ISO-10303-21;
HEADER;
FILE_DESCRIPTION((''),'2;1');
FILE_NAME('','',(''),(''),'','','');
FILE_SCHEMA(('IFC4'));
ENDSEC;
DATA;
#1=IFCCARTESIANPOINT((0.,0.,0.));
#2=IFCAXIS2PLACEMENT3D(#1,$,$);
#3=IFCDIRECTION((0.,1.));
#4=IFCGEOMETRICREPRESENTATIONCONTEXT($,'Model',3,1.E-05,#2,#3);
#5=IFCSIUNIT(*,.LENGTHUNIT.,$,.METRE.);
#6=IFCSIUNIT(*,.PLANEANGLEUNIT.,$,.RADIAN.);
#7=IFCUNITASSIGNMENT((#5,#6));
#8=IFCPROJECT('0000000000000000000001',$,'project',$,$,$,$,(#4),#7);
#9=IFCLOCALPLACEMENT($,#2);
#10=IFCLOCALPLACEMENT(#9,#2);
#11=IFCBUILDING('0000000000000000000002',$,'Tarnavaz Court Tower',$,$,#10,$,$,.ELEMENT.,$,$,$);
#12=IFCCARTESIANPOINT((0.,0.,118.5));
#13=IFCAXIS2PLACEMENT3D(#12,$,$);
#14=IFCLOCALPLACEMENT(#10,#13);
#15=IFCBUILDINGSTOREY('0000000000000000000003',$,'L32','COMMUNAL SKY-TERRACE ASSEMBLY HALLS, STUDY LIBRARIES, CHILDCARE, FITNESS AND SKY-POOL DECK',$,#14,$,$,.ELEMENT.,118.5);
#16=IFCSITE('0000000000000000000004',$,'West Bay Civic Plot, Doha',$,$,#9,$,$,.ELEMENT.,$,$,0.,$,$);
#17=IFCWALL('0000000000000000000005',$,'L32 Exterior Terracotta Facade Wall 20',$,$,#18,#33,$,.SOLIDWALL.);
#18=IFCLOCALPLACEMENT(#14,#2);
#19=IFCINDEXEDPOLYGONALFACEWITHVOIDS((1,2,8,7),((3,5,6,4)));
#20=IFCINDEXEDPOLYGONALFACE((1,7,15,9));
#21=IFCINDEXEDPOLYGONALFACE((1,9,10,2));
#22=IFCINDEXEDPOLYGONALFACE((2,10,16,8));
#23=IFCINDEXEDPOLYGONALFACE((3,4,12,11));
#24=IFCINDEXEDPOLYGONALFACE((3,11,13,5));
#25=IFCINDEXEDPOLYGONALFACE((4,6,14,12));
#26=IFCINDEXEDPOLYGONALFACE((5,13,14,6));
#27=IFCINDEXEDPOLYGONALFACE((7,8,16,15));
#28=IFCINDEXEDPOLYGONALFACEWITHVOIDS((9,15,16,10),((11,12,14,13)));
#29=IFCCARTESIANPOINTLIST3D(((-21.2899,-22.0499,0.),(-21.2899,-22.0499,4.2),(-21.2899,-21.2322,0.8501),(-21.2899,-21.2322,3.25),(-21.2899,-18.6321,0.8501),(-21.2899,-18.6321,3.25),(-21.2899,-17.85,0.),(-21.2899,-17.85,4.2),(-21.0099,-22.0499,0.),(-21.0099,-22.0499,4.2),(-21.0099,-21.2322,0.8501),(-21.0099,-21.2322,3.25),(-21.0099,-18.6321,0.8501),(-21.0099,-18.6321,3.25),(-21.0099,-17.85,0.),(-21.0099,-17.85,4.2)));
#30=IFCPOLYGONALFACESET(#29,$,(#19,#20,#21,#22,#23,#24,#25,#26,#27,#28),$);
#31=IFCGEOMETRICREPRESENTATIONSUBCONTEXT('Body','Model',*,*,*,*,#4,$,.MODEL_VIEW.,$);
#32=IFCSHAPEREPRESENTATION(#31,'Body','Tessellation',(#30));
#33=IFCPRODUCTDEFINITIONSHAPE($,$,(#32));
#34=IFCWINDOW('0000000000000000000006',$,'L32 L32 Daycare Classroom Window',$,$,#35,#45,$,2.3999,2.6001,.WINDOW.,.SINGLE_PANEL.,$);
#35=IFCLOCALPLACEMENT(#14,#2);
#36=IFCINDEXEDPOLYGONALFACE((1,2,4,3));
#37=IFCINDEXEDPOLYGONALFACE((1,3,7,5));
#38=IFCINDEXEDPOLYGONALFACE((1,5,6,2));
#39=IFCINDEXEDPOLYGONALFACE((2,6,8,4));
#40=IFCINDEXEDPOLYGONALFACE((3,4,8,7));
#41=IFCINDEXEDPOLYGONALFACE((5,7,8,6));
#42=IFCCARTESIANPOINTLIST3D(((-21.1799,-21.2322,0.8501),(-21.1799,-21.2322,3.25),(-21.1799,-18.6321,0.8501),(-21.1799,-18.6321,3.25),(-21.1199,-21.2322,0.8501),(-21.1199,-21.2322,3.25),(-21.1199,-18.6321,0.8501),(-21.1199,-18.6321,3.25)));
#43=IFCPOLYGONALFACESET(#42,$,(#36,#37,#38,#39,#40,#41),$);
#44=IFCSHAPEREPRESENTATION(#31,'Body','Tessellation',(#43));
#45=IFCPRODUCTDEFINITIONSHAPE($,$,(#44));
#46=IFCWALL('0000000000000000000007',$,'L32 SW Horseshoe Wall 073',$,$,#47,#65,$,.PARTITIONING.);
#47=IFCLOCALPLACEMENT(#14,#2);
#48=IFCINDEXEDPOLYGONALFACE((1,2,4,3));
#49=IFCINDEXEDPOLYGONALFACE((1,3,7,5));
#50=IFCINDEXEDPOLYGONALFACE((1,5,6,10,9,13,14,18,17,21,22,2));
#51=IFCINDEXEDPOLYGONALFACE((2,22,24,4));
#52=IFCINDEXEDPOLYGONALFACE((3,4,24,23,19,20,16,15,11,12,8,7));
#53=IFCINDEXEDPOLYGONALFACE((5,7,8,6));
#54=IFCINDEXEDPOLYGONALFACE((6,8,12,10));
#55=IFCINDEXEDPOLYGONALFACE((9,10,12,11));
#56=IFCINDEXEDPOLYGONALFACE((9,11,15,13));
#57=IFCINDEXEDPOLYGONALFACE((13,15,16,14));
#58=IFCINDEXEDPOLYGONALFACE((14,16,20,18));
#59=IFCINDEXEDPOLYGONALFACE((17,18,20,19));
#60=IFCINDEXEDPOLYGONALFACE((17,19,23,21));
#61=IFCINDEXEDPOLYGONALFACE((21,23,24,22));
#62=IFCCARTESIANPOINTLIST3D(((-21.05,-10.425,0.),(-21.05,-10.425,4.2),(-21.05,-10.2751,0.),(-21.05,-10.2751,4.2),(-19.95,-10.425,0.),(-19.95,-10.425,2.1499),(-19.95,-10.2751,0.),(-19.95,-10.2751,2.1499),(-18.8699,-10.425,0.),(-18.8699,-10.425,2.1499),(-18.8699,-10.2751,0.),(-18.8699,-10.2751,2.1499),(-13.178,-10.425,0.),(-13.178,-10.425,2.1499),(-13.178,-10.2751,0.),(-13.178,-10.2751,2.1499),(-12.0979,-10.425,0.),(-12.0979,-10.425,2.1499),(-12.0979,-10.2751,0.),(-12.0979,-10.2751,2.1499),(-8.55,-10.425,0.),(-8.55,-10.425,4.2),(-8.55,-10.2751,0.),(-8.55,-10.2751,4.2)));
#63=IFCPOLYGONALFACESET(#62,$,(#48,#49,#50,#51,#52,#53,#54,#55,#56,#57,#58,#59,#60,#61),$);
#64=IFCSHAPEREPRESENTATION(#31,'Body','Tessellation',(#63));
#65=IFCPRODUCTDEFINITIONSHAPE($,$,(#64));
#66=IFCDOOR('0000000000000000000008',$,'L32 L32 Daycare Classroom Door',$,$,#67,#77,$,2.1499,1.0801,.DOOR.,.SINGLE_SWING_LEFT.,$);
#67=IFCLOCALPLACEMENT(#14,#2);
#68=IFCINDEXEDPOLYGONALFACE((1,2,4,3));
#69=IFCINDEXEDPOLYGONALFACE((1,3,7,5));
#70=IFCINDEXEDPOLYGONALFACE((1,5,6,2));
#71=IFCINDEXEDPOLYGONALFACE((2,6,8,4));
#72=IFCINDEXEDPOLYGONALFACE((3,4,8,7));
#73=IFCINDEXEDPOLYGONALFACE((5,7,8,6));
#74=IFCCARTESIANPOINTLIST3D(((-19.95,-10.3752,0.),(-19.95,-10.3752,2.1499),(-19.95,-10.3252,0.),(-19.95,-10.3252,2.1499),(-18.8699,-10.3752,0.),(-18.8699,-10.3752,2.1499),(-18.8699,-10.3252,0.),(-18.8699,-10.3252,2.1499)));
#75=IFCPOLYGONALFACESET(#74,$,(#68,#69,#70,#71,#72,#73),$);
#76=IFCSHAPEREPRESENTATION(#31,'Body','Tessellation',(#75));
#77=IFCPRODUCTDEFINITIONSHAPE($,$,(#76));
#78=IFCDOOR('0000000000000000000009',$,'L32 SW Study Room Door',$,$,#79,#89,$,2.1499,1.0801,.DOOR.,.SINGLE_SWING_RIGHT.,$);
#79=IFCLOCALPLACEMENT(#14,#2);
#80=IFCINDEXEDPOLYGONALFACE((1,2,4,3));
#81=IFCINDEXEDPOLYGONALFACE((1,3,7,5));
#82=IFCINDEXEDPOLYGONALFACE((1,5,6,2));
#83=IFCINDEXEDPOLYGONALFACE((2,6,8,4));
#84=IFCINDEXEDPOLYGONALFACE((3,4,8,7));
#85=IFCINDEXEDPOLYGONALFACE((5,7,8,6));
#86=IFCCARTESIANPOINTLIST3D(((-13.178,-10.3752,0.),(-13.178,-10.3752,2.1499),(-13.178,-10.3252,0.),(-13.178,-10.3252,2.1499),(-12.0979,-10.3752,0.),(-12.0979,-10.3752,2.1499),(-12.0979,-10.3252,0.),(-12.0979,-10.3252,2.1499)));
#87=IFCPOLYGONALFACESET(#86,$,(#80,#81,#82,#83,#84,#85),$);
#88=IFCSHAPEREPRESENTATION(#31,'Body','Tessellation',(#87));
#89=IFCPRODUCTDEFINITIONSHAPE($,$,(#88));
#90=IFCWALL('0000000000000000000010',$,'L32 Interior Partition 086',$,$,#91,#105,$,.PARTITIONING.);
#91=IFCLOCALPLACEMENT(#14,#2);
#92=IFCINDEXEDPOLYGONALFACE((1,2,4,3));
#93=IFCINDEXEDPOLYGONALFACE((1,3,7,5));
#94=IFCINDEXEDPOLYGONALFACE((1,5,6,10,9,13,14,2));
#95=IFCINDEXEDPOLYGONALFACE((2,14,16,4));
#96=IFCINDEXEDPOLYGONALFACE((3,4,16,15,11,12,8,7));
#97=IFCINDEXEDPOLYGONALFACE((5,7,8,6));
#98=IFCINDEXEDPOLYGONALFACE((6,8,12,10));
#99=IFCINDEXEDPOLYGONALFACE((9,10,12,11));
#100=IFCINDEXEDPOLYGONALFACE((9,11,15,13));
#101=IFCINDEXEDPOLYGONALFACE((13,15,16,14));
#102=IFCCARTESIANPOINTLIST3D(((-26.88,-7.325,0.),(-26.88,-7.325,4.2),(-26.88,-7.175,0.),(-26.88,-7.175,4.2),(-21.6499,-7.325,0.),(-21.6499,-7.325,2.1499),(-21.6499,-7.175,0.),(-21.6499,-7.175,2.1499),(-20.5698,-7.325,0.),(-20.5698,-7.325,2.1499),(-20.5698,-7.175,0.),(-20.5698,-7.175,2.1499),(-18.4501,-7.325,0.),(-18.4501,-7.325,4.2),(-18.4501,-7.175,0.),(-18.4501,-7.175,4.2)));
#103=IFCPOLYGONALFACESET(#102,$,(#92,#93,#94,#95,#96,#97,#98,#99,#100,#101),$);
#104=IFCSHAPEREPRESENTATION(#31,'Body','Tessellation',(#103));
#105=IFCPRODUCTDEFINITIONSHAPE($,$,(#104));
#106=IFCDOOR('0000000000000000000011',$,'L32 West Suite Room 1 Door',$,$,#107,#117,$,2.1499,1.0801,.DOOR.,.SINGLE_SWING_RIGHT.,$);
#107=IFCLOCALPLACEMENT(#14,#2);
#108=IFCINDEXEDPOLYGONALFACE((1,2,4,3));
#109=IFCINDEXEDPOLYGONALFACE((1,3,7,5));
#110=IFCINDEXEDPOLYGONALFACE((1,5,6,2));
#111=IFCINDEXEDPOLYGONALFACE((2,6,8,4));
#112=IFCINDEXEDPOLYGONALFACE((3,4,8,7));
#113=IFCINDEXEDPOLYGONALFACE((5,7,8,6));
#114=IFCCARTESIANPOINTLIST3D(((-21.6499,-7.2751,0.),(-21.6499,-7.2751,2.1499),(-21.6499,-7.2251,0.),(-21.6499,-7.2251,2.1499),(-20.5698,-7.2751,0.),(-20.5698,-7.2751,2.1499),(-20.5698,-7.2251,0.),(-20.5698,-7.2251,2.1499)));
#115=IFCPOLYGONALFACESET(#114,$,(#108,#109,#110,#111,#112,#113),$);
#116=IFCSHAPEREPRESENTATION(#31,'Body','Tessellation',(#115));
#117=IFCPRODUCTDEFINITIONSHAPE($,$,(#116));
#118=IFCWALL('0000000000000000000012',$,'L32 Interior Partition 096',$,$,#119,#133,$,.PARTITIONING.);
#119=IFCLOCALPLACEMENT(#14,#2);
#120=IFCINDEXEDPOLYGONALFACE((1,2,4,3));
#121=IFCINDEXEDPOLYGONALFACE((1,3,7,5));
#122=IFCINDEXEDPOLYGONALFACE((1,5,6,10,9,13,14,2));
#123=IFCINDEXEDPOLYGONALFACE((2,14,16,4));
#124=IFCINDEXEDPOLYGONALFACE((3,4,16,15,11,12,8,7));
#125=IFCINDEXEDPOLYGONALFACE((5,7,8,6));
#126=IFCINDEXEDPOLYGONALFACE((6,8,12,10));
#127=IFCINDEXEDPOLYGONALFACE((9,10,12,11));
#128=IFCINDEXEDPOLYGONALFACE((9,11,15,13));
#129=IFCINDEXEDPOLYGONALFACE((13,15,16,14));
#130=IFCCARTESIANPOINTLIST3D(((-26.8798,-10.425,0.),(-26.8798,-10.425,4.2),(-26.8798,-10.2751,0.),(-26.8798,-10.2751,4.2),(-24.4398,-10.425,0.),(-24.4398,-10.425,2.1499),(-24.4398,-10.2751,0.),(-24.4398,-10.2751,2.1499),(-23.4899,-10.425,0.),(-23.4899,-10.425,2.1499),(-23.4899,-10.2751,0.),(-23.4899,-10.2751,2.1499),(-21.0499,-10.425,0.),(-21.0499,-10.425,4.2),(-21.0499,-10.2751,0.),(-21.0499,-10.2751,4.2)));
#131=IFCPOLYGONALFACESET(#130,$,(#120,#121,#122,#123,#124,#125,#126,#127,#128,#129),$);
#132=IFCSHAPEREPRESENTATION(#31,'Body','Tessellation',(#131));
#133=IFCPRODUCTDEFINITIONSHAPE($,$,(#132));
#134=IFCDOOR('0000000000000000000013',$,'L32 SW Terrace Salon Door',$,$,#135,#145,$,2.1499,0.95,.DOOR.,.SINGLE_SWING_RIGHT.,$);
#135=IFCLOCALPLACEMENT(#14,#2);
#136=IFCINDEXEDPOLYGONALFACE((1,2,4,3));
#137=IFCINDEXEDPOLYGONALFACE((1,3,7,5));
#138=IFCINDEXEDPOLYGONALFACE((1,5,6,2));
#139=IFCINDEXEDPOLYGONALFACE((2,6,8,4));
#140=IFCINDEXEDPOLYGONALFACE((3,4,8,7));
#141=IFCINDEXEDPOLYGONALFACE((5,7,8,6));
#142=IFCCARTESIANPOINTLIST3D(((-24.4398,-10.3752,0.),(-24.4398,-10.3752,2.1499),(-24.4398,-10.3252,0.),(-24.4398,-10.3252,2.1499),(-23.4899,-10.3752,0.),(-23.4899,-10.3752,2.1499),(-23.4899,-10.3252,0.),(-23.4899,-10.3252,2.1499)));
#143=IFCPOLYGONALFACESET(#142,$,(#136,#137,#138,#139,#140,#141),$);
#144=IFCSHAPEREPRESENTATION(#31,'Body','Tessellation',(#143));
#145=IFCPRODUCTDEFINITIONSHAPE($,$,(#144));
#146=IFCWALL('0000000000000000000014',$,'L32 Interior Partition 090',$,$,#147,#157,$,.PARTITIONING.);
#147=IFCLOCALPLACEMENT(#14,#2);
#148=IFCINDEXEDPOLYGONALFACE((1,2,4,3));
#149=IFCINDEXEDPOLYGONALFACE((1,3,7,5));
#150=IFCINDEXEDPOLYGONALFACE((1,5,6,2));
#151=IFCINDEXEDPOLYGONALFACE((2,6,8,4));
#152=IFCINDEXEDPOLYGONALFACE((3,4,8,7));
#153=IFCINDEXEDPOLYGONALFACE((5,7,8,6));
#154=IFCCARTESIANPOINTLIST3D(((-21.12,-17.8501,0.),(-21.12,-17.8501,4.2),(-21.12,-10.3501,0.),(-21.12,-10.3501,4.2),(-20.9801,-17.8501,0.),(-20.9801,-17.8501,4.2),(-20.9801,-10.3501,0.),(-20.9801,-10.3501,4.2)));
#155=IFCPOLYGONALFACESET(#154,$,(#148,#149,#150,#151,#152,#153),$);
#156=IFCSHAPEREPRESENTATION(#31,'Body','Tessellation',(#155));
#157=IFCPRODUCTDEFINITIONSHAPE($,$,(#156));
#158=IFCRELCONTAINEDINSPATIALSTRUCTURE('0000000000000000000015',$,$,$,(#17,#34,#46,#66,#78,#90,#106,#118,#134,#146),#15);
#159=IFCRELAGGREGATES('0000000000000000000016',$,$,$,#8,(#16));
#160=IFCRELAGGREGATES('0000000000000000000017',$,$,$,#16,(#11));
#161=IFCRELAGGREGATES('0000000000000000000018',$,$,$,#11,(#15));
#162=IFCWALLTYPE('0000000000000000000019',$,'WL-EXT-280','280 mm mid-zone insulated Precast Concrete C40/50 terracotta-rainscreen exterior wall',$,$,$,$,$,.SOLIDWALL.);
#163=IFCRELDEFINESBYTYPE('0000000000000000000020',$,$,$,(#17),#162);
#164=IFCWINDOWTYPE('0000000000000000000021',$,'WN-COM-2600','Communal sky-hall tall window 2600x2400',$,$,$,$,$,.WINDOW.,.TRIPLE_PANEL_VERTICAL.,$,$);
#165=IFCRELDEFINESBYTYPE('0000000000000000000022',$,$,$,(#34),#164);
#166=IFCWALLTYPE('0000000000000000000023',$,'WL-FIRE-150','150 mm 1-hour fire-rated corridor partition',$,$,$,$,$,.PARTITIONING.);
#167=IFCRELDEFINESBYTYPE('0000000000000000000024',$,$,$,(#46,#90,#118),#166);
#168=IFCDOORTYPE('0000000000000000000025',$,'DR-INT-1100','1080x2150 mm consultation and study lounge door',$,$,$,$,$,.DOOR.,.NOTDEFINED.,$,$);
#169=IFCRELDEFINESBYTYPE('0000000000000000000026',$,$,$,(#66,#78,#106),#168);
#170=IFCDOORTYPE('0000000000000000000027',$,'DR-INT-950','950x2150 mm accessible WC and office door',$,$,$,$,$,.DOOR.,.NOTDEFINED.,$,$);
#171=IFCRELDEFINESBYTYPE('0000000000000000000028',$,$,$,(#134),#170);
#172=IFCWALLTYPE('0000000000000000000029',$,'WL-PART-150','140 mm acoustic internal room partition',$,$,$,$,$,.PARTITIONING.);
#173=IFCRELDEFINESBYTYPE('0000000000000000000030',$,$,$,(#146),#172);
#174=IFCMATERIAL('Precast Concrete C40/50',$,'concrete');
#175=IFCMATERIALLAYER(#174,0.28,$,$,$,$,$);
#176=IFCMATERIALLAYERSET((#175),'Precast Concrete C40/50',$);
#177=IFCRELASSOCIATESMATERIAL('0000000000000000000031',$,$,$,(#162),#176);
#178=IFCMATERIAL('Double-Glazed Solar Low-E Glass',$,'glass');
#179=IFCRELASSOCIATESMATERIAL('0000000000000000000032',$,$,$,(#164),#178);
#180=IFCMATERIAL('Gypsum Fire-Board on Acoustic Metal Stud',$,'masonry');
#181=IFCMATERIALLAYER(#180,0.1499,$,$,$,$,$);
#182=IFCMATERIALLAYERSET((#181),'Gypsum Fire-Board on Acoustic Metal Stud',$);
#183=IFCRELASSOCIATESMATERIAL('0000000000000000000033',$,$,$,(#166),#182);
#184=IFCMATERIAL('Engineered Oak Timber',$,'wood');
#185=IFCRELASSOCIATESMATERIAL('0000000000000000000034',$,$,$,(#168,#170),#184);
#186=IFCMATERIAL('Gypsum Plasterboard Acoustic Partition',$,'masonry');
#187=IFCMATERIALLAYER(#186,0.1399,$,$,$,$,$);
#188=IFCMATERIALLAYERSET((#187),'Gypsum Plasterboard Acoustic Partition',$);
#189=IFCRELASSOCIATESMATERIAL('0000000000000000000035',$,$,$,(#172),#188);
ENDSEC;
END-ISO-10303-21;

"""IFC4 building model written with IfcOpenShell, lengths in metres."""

from ifc_helpers import new_model, si_unit, direction, frame, frame_2d, origin, place, context, subcontext, project, spatial, rectangle, extrude, material, layer, layer_set, type_object, element, fill, save


model = new_model("IFC4")

# Units and contexts
model_context = context("Model", 3, precision=1e-05, world=origin(), true_north=direction((0.0, 1.0)))
body_context = subcontext(model_context, "Body", "Model", "MODEL_VIEW")
ifc_project = project(units=[si_unit("LENGTHUNIT", "METRE"), si_unit("PLANEANGLEUNIT", "RADIAN")], contexts=[model_context])

# Site, building, storey
site_placement = place(None, origin())
site = spatial("IfcSite", under=ifc_project, at=site_placement, Name="West Bay Civic Plot, Doha", CompositionType="ELEMENT", RefElevation=0.0)
building_placement = place(site_placement, origin())
building = spatial("IfcBuilding", under=site, at=building_placement, Name="Tarnavaz Court Tower", CompositionType="ELEMENT")
storey_placement = place(building_placement, frame((0.0, 0.0, 118.5)))
storey = spatial("IfcBuildingStorey", under=building, at=storey_placement, Name="L32", Description="COMMUNAL SKY-TERRACE ASSEMBLY HALLS, STUDY LIBRARIES, CHILDCARE, FITNESS AND SKY-POOL DECK", CompositionType="ELEMENT", Elevation=118.5)

# Shared definitions
ifc_material_1 = material(Name="Double-Glazed Solar Low-E Glass", Category="glass")

# Shared definitions
ifc_material_2 = material(Name="Precast Concrete C40/50", Category="concrete")
ifc_layer_1 = layer(ifc_material_2, 0.28)
ifc_layer_set_1 = layer_set([ifc_layer_1], Name="Precast Concrete C40/50")
wall_type_1 = type_object("IfcWallType", Name="WL-EXT-280", Description="280 mm mid-zone insulated Precast Concrete C40/50 terracotta-rainscreen exterior wall", PredefinedType="SOLIDWALL", material=ifc_layer_set_1)

# Wall, opening, window
wall_1_placement = place(storey_placement, frame((-21.1499, -22.05, 0.0), z_axis=(0.0, 0.0, 1.0), x_axis=(0.0, 1.0, 0.0)))
wall_1 = element("IfcWall", 1, at=wall_1_placement, inside=storey, type_object=wall_type_1, Name="L32 Exterior Terracotta Facade Wall 20", PredefinedType="SOLIDWALL", context=body_context, shape_type="SweptSolid", body=[
    extrude(rectangle(XDim=4.2, YDim=0.28, at=frame_2d((2.1001, 0.0))), origin(), (0.0, 0.0, 1.0), 4.2),
])
opening_1_placement = place(wall_1_placement, frame((0.8179, 0.0, 0.8501)))
opening_1 = element("IfcOpeningElement", 2, at=opening_1_placement, cuts=wall_1, PredefinedType="OPENING", context=body_context, shape_type="SweptSolid", body=[
    extrude(rectangle(XDim=2.6001, YDim=2.3999, at=frame_2d((1.3, 1.2))), frame((0.0, 0.1499, 0.0), z_axis=(0.0, -1.0, 0.0), x_axis=(1.0, 0.0, 0.0)), (0.0, 0.0, 1.0), 0.3),
])
window_type_1 = type_object("IfcWindowType", Name="WN-COM-2600", Description="Communal sky-hall tall window 2600x2400", PartitioningType="TRIPLE_PANEL_VERTICAL", PredefinedType="WINDOW", material=ifc_material_1)
window_1_placement = place(opening_1_placement, origin())
window_1 = element("IfcWindow", 3, at=window_1_placement, inside=storey, type_object=window_type_1, Name="L32 L32 Daycare Classroom Window", OverallHeight=2.3999, OverallWidth=2.6001, PartitioningType="SINGLE_PANEL", PredefinedType="WINDOW", context=body_context, shape_type="SweptSolid", body=[
    extrude(rectangle(XDim=2.6001, YDim=2.3999, at=frame_2d((1.3, 1.2))), frame((0.0, 0.03, 0.0), z_axis=(0.0, -1.0, 0.0), x_axis=(1.0, 0.0, 0.0)), (0.0, 0.0, 1.0), 0.0601),
])
fill(opening_1, window_1)

# Wall, openings, doors
ifc_material_3 = material(Name="Gypsum Fire-Board on Acoustic Metal Stud", Category="masonry")
ifc_layer_2 = layer(ifc_material_3, 0.1499)
ifc_layer_set_2 = layer_set([ifc_layer_2], Name="Gypsum Fire-Board on Acoustic Metal Stud")
wall_type_2 = type_object("IfcWallType", Name="WL-FIRE-150", Description="150 mm 1-hour fire-rated corridor partition", PredefinedType="PARTITIONING", material=ifc_layer_set_2)
wall_2_placement = place(storey_placement, frame((-21.05, -10.3501, 0.0), z_axis=(0.0, 0.0, 1.0), x_axis=(1.0, 0.0, 0.0)))
wall_2 = element("IfcWall", 4, at=wall_2_placement, inside=storey, type_object=wall_type_2, Name="L32 SW Horseshoe Wall 073", PredefinedType="PARTITIONING", context=body_context, shape_type="SweptSolid", body=[
    extrude(rectangle(XDim=12.5, YDim=0.1499, at=frame_2d((6.25, 0.0))), origin(), (0.0, 0.0, 1.0), 4.2),
])
opening_2_placement = place(wall_2_placement, frame((1.1001, 0.0, 0.0)))
opening_2 = element("IfcOpeningElement", 5, at=opening_2_placement, cuts=wall_2, PredefinedType="OPENING", context=body_context, shape_type="SweptSolid", body=[
    extrude(rectangle(XDim=1.0801, YDim=2.1499, at=frame_2d((0.54, 1.075))), frame((0.0, 0.085, 0.0), z_axis=(0.0, -1.0, 0.0), x_axis=(1.0, 0.0, 0.0)), (0.0, 0.0, 1.0), 0.1699),
])
opening_3_placement = place(wall_2_placement, frame((7.8721, 0.0, 0.0)))
opening_3 = element("IfcOpeningElement", 6, at=opening_3_placement, cuts=wall_2, PredefinedType="OPENING", context=body_context, shape_type="SweptSolid", body=[
    extrude(rectangle(XDim=1.0801, YDim=2.1499, at=frame_2d((0.54, 1.075))), frame((0.0, 0.085, 0.0), z_axis=(0.0, -1.0, 0.0), x_axis=(1.0, 0.0, 0.0)), (0.0, 0.0, 1.0), 0.1699),
])
ifc_material_4 = material(Name="Engineered Oak Timber", Category="wood")
door_type_1 = type_object("IfcDoorType", Name="DR-INT-1100", Description="1080x2150 mm consultation and study lounge door", OperationType="NOTDEFINED", PredefinedType="DOOR", material=ifc_material_4)
door_1_placement = place(opening_2_placement, origin())
door_1 = element("IfcDoor", 7, at=door_1_placement, inside=storey, type_object=door_type_1, Name="L32 L32 Daycare Classroom Door", OperationType="SINGLE_SWING_LEFT", OverallHeight=2.1499, OverallWidth=1.0801, PredefinedType="DOOR", context=body_context, shape_type="SweptSolid", body=[
    extrude(rectangle(XDim=1.0801, YDim=2.1499, at=frame_2d((0.54, 1.075))), frame((0.0, 0.0249, 0.0), z_axis=(0.0, -1.0, 0.0), x_axis=(1.0, 0.0, 0.0)), (0.0, 0.0, 1.0), 0.05),
])
fill(opening_2, door_1)
door_2_placement = place(opening_3_placement, origin())
door_2 = element("IfcDoor", 8, at=door_2_placement, inside=storey, type_object=door_type_1, Name="L32 SW Study Room Door", OperationType="SINGLE_SWING_RIGHT", OverallHeight=2.1499, OverallWidth=1.0801, PredefinedType="DOOR", context=body_context, shape_type="SweptSolid", body=[
    extrude(rectangle(XDim=1.0801, YDim=2.1499, at=frame_2d((0.54, 1.075))), frame((0.0, 0.0249, 0.0), z_axis=(0.0, -1.0, 0.0), x_axis=(1.0, 0.0, 0.0)), (0.0, 0.0, 1.0), 0.05),
])
fill(opening_3, door_2)

# Walls, openings, doors
wall_3_placement = place(storey_placement, frame((-26.8799, -7.25, 0.0), z_axis=(0.0, 0.0, 1.0), x_axis=(1.0, 0.0, 0.0)))
wall_3 = element("IfcWall", 9, at=wall_3_placement, inside=storey, type_object=wall_type_2, Name="L32 Interior Partition 086", PredefinedType="PARTITIONING", context=body_context, shape_type="SweptSolid", body=[
    extrude(rectangle(XDim=8.4299, YDim=0.1499, at=frame_2d((4.2148, 0.0))), origin(), (0.0, 0.0, 1.0), 4.2),
])
opening_4_placement = place(wall_3_placement, frame((5.23, 0.0, 0.0)))
opening_4 = element("IfcOpeningElement", 10, at=opening_4_placement, cuts=wall_3, PredefinedType="OPENING", context=body_context, shape_type="SweptSolid", body=[
    extrude(rectangle(XDim=1.0801, YDim=2.1499, at=frame_2d((0.54, 1.075))), frame((0.0, 0.085, 0.0), z_axis=(0.0, -1.0, 0.0), x_axis=(1.0, 0.0, 0.0)), (0.0, 0.0, 1.0), 0.1699),
])
door_3_placement = place(opening_4_placement, origin())
door_3 = element("IfcDoor", 11, at=door_3_placement, inside=storey, type_object=door_type_1, Name="L32 West Suite Room 1 Door", OperationType="SINGLE_SWING_RIGHT", OverallHeight=2.1499, OverallWidth=1.0801, PredefinedType="DOOR", context=body_context, shape_type="SweptSolid", body=[
    extrude(rectangle(XDim=1.0801, YDim=2.1499, at=frame_2d((0.54, 1.075))), frame((0.0, 0.0249, 0.0), z_axis=(0.0, -1.0, 0.0), x_axis=(1.0, 0.0, 0.0)), (0.0, 0.0, 1.0), 0.05),
])
fill(opening_4, door_3)
wall_4_placement = place(storey_placement, frame((-26.8799, -10.3501, 0.0), z_axis=(0.0, 0.0, 1.0), x_axis=(1.0, 0.0, 0.0)))
wall_4 = element("IfcWall", 12, at=wall_4_placement, inside=storey, type_object=wall_type_2, Name="L32 Interior Partition 096", PredefinedType="PARTITIONING", context=body_context, shape_type="SweptSolid", body=[
    extrude(rectangle(XDim=5.8298, YDim=0.1499, at=frame_2d((2.915, 0.0))), origin(), (0.0, 0.0, 1.0), 4.2),
])
opening_5_placement = place(wall_4_placement, frame((2.4399, 0.0, 0.0)))
opening_5 = element("IfcOpeningElement", 13, at=opening_5_placement, cuts=wall_4, PredefinedType="OPENING", context=body_context, shape_type="SweptSolid", body=[
    extrude(rectangle(XDim=0.95, YDim=2.1499, at=frame_2d((0.4751, 1.075))), frame((0.0, 0.085, 0.0), z_axis=(0.0, -1.0, 0.0), x_axis=(1.0, 0.0, 0.0)), (0.0, 0.0, 1.0), 0.1699),
])
door_type_2 = type_object("IfcDoorType", Name="DR-INT-950", Description="950x2150 mm accessible WC and office door", OperationType="NOTDEFINED", PredefinedType="DOOR", material=ifc_material_4)
door_4_placement = place(opening_5_placement, origin())
door_4 = element("IfcDoor", 14, at=door_4_placement, inside=storey, type_object=door_type_2, Name="L32 SW Terrace Salon Door", OperationType="SINGLE_SWING_RIGHT", OverallHeight=2.1499, OverallWidth=0.95, PredefinedType="DOOR", context=body_context, shape_type="SweptSolid", body=[
    extrude(rectangle(XDim=0.95, YDim=2.1499, at=frame_2d((0.4751, 1.075))), frame((0.0, 0.0249, 0.0), z_axis=(0.0, -1.0, 0.0), x_axis=(1.0, 0.0, 0.0)), (0.0, 0.0, 1.0), 0.05),
])
fill(opening_5, door_4)

# Wall
ifc_material_5 = material(Name="Gypsum Plasterboard Acoustic Partition", Category="masonry")
ifc_layer_3 = layer(ifc_material_5, 0.1399)
ifc_layer_set_3 = layer_set([ifc_layer_3], Name="Gypsum Plasterboard Acoustic Partition")
wall_type_3 = type_object("IfcWallType", Name="WL-PART-150", Description="140 mm acoustic internal room partition", PredefinedType="PARTITIONING", material=ifc_layer_set_3)
wall_5_placement = place(storey_placement, frame((-21.05, -17.8501, 0.0), z_axis=(0.0, 0.0, 1.0), x_axis=(0.0, 1.0, 0.0)))
element("IfcWall", 15, at=wall_5_placement, inside=storey, type_object=wall_type_3, Name="L32 Interior Partition 090", PredefinedType="PARTITIONING", context=body_context, shape_type="SweptSolid", body=[
    extrude(rectangle(XDim=7.5, YDim=0.1399, at=frame_2d((3.75, 0.0))), origin(), (0.0, 0.0, 1.0), 4.2),
])

save(model, "model.ifc")
